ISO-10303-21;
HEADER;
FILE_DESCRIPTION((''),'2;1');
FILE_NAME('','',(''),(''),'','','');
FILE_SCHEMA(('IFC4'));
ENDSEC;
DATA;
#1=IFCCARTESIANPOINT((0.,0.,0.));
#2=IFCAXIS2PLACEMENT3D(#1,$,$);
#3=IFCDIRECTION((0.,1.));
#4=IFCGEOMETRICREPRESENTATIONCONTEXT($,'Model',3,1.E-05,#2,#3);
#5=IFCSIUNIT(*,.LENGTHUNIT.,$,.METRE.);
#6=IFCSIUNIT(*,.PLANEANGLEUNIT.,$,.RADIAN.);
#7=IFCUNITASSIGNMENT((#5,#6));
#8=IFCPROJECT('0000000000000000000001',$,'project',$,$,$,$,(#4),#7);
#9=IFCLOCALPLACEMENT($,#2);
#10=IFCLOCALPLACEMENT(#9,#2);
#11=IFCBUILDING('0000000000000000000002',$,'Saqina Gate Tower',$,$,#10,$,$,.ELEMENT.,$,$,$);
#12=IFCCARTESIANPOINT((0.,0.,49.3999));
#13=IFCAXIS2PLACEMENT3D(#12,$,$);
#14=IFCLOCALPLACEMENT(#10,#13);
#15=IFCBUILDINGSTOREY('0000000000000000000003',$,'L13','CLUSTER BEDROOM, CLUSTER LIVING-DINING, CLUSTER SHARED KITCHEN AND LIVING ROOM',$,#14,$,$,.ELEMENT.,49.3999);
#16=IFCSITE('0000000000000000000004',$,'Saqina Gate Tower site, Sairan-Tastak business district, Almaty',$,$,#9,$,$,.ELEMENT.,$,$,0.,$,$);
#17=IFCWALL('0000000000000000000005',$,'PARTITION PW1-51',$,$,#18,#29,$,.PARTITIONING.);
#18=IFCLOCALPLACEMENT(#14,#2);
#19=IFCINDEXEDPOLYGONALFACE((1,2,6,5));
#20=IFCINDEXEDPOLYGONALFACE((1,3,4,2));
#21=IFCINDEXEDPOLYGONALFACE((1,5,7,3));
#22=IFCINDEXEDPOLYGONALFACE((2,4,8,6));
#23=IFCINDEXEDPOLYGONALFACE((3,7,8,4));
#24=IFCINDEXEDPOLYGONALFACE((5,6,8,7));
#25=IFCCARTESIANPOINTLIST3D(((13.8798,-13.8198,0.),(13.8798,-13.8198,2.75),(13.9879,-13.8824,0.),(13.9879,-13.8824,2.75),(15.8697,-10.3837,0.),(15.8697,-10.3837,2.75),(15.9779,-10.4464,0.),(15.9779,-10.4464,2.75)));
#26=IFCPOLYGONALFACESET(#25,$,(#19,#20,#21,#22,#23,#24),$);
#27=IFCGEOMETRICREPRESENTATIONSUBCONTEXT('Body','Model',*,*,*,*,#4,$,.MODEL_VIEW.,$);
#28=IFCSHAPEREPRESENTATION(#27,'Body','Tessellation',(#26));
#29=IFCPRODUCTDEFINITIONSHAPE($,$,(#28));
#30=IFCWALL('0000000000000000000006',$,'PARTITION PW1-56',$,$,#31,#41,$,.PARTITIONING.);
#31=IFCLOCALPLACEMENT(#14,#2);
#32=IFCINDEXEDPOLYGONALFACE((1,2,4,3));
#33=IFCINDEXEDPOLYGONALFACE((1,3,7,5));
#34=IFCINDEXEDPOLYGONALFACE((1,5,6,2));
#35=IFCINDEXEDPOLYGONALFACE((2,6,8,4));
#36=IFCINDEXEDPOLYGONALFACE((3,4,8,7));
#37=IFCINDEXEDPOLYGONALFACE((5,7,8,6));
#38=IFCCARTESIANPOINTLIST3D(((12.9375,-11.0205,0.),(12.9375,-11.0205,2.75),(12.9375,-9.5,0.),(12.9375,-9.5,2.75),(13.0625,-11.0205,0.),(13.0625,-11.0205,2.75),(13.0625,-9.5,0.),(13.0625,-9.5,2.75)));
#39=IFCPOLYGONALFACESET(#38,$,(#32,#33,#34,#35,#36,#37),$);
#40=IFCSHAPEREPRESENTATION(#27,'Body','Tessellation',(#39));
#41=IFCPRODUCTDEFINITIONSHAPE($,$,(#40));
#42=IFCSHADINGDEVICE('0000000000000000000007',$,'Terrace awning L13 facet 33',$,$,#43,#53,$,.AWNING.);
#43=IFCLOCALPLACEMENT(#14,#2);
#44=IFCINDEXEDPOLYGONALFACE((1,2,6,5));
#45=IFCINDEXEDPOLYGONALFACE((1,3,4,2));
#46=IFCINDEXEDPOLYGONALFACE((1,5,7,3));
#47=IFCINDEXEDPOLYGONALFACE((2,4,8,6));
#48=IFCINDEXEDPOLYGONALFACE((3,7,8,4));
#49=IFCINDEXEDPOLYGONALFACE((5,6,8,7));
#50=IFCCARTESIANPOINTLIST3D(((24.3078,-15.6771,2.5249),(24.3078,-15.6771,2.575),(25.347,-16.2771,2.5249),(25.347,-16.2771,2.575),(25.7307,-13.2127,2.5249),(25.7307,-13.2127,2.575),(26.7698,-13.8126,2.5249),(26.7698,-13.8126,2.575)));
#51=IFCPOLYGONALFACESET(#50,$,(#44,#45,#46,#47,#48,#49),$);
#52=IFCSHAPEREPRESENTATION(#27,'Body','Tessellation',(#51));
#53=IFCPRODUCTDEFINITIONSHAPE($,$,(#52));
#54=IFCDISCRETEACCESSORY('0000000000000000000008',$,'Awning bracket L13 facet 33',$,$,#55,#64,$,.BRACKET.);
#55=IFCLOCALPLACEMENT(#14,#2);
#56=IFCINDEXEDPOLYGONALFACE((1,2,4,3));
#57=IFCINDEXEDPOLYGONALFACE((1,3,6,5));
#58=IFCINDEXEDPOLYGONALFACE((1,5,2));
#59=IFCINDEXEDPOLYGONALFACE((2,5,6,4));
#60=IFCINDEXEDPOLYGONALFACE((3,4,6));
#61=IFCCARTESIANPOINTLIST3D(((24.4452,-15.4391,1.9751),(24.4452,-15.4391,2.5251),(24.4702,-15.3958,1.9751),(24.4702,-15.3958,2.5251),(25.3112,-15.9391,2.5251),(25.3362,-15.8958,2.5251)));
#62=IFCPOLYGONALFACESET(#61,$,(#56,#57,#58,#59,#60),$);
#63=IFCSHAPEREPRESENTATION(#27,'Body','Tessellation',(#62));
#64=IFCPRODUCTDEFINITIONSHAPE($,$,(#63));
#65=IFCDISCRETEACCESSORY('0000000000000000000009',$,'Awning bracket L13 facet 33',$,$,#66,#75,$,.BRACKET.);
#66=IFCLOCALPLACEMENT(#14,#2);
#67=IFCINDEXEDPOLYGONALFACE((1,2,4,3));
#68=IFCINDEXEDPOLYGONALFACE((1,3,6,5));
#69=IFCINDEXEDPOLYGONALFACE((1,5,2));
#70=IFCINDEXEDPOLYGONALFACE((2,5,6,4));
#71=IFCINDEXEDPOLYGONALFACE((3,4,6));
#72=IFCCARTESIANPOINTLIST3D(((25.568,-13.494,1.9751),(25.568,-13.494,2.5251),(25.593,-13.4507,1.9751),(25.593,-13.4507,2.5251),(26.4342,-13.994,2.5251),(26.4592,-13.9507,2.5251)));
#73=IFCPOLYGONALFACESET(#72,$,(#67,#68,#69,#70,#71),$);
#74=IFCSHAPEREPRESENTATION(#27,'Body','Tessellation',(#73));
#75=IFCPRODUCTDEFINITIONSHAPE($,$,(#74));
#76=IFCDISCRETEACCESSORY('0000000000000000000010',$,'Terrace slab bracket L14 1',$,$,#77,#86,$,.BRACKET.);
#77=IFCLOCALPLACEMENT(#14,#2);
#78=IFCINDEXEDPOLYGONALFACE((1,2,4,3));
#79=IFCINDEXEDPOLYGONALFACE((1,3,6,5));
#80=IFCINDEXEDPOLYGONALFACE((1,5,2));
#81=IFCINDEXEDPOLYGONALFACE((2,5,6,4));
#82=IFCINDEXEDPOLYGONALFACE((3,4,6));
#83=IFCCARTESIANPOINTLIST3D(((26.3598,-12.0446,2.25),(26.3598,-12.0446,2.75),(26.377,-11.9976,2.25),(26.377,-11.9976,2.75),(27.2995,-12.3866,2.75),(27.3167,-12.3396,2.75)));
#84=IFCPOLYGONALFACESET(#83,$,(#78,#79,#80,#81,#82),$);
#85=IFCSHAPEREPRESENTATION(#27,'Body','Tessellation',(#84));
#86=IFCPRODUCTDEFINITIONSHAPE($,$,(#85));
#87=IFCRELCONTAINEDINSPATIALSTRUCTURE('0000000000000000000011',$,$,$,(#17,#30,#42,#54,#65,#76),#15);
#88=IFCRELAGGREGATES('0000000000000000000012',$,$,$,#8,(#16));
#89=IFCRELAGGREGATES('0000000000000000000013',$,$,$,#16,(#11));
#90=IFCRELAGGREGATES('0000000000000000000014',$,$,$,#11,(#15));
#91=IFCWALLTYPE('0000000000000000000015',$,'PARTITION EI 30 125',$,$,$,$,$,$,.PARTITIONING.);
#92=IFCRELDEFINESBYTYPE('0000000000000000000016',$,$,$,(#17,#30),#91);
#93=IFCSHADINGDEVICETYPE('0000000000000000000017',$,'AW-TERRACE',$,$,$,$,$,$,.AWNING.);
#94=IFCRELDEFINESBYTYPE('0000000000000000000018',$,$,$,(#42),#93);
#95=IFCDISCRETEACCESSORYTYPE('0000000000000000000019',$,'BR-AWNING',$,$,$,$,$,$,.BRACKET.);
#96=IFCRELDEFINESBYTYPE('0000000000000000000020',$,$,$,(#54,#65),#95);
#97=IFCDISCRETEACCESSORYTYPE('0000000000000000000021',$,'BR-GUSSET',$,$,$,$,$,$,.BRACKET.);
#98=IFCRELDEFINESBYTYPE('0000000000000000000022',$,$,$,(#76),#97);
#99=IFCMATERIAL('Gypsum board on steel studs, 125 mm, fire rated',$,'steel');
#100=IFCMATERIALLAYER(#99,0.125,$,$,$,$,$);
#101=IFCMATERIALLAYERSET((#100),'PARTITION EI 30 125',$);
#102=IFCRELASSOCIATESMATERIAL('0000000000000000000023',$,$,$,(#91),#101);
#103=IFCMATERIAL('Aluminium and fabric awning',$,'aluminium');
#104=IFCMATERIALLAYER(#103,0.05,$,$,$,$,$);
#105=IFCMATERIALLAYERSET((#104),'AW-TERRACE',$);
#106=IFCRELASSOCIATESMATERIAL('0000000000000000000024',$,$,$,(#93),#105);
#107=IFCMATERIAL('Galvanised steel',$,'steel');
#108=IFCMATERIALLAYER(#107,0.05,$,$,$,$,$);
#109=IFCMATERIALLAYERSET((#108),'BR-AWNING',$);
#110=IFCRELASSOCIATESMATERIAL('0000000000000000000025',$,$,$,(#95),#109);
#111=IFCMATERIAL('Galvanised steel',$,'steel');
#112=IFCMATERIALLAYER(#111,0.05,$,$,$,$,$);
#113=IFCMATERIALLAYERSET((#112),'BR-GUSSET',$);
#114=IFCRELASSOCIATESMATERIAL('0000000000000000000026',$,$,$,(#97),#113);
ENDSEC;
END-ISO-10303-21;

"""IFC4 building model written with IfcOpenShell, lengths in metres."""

from ifc_helpers import new_model, si_unit, direction, frame, frame_2d, origin, origin_2d, place, context, subcontext, project, spatial, polyline, rectangle, outline, extrude, material, layer, layer_set, type_object, element, save


model = new_model("IFC4")

# Units and contexts
model_context = context("Model", 3, precision=1e-05, world=origin(), true_north=direction((0.0, 1.0)))
body_context = subcontext(model_context, "Body", "Model", "MODEL_VIEW")
ifc_project = project(units=[si_unit("LENGTHUNIT", "METRE"), si_unit("PLANEANGLEUNIT", "RADIAN")], contexts=[model_context])

# Site, building, storey
site_placement = place(None, origin())
site = spatial("IfcSite", under=ifc_project, at=site_placement, Name="Saqina Gate Tower site, Sairan-Tastak business district, Almaty", CompositionType="ELEMENT", RefElevation=0.0)
building_placement = place(site_placement, origin())
building = spatial("IfcBuilding", under=site, at=building_placement, Name="Saqina Gate Tower", CompositionType="ELEMENT")
storey_placement = place(building_placement, frame((0.0, 0.0, 49.3999)))
storey = spatial("IfcBuildingStorey", under=building, at=storey_placement, Name="L13", Description="CLUSTER BEDROOM, CLUSTER LIVING-DINING, CLUSTER SHARED KITCHEN AND LIVING ROOM", CompositionType="ELEMENT", Elevation=49.3999)

# Shared definitions
ifc_material_1 = material(Name="Gypsum board on steel studs, 125 mm, fire rated", Category="steel")
ifc_layer_1 = layer(ifc_material_1, 0.125)
ifc_layer_set_1 = layer_set([ifc_layer_1], Name="PARTITION EI 30 125")
wall_type_1 = type_object("IfcWallType", Name="PARTITION EI 30 125", PredefinedType="PARTITIONING", material=ifc_layer_set_1)

# Walls
wall_1_placement = place(storey_placement, frame((13.9338, -13.8511, 0.0), z_axis=(0.0, 0.0, 1.0), x_axis=(0.50117, 0.865349, 0.0)))
element("IfcWall", 1, at=wall_1_placement, inside=storey, type_object=wall_type_1, Name="PARTITION PW1-51", PredefinedType="PARTITIONING", context=body_context, shape_type="SweptSolid", body=[
    extrude(rectangle(XDim=3.9707, YDim=0.125, at=frame_2d((1.9854, 0.0))), origin(), (0.0, 0.0, 1.0), 2.75),
])
wall_2_placement = place(storey_placement, frame((13.0, -11.0205, 0.0), z_axis=(0.0, 0.0, 1.0), x_axis=(0.0, 1.0, 0.0)))
element("IfcWall", 2, at=wall_2_placement, inside=storey, type_object=wall_type_1, Name="PARTITION PW1-56", PredefinedType="PARTITIONING", context=body_context, shape_type="SweptSolid", body=[
    extrude(rectangle(XDim=1.5205, YDim=0.125, at=frame_2d((0.7603, 0.0))), origin(), (0.0, 0.0, 1.0), 2.75),
])

# Shading device
ifc_material_2 = material(Name="Aluminium and fabric awning", Category="aluminium")
ifc_layer_2 = layer(ifc_material_2, 0.05)
ifc_layer_set_2 = layer_set([ifc_layer_2], Name="AW-TERRACE")
shading_device_type = type_object("IfcShadingDeviceType", Name="AW-TERRACE", PredefinedType="AWNING", material=ifc_layer_set_2)
shading_device_placement = place(storey_placement, frame((25.5388, -14.7449, 2.5249), z_axis=(0.0, 0.0, 1.0), x_axis=(0.5, 0.866025, 0.0)))
element("IfcShadingDevice", 3, at=shading_device_placement, inside=storey, type_object=shading_device_type, Name="Terrace awning L13 facet 33", PredefinedType="AWNING", context=body_context, shape_type="SweptSolid", body=[
    extrude(rectangle(XDim=2.8457, YDim=1.2, at=origin_2d()), origin(), (0.0, 0.0, 1.0), 0.05),
])

# Discrete accessories
ifc_material_3 = material(Name="Galvanised steel", Category="steel")
ifc_layer_3 = layer(ifc_material_3, 0.05)
ifc_layer_set_3 = layer_set([ifc_layer_3], Name="BR-AWNING")
discrete_accessory_type_1 = type_object("IfcDiscreteAccessoryType", Name="BR-AWNING", PredefinedType="BRACKET", material=ifc_layer_set_3)
discrete_accessory_1_placement = place(storey_placement, frame((24.4702, -15.3958, 1.9751), z_axis=(0.500025, 0.866011, 0.0), x_axis=(0.0, 0.0, 1.0)))
element("IfcDiscreteAccessory", 4, at=discrete_accessory_1_placement, inside=storey, type_object=discrete_accessory_type_1, Name="Awning bracket L13 facet 33", PredefinedType="BRACKET", context=body_context, shape_type="SweptSolid", body=[
    extrude(outline(polyline([(0.0, 0.0), (0.55, 0.0), (0.55, 0.9999), (0.0, 0.0)])), origin(), (0.0, 0.0, -1.0), 0.05),
])
discrete_accessory_2_placement = place(storey_placement, frame((25.593, -13.4507, 1.9751), z_axis=(0.49992, 0.866072, 0.0), x_axis=(0.0, 0.0, 1.0)))
element("IfcDiscreteAccessory", 5, at=discrete_accessory_2_placement, inside=storey, type_object=discrete_accessory_type_1, Name="Awning bracket L13 facet 33", PredefinedType="BRACKET", context=body_context, shape_type="SweptSolid", body=[
    extrude(outline(polyline([(0.0, 0.0), (0.55, 0.0), (0.55, 1.0002), (0.0, 0.0)])), origin(), (0.0, 0.0, -1.0), 0.05),
])
ifc_material_4 = material(Name="Galvanised steel", Category="steel")
ifc_layer_4 = layer(ifc_material_4, 0.05)
ifc_layer_set_4 = layer_set([ifc_layer_4], Name="BR-GUSSET")
discrete_accessory_type_2 = type_object("IfcDiscreteAccessoryType", Name="BR-GUSSET", PredefinedType="BRACKET", material=ifc_layer_set_4)
discrete_accessory_3_placement = place(storey_placement, frame((26.377, -11.9976, 2.25), z_axis=(0.342037, 0.939686, 0.0), x_axis=(0.0, 0.0, 1.0)))
element("IfcDiscreteAccessory", 6, at=discrete_accessory_3_placement, inside=storey, type_object=discrete_accessory_type_2, Name="Terrace slab bracket L14 1", PredefinedType="BRACKET", context=body_context, shape_type="SweptSolid", body=[
    extrude(outline(polyline([(0.0, 0.0), (0.5, 0.0), (0.5, 1.0), (0.0, 0.0)])), origin(), (0.0, 0.0, -1.0), 0.05),
])

save(model, "model.ifc")
